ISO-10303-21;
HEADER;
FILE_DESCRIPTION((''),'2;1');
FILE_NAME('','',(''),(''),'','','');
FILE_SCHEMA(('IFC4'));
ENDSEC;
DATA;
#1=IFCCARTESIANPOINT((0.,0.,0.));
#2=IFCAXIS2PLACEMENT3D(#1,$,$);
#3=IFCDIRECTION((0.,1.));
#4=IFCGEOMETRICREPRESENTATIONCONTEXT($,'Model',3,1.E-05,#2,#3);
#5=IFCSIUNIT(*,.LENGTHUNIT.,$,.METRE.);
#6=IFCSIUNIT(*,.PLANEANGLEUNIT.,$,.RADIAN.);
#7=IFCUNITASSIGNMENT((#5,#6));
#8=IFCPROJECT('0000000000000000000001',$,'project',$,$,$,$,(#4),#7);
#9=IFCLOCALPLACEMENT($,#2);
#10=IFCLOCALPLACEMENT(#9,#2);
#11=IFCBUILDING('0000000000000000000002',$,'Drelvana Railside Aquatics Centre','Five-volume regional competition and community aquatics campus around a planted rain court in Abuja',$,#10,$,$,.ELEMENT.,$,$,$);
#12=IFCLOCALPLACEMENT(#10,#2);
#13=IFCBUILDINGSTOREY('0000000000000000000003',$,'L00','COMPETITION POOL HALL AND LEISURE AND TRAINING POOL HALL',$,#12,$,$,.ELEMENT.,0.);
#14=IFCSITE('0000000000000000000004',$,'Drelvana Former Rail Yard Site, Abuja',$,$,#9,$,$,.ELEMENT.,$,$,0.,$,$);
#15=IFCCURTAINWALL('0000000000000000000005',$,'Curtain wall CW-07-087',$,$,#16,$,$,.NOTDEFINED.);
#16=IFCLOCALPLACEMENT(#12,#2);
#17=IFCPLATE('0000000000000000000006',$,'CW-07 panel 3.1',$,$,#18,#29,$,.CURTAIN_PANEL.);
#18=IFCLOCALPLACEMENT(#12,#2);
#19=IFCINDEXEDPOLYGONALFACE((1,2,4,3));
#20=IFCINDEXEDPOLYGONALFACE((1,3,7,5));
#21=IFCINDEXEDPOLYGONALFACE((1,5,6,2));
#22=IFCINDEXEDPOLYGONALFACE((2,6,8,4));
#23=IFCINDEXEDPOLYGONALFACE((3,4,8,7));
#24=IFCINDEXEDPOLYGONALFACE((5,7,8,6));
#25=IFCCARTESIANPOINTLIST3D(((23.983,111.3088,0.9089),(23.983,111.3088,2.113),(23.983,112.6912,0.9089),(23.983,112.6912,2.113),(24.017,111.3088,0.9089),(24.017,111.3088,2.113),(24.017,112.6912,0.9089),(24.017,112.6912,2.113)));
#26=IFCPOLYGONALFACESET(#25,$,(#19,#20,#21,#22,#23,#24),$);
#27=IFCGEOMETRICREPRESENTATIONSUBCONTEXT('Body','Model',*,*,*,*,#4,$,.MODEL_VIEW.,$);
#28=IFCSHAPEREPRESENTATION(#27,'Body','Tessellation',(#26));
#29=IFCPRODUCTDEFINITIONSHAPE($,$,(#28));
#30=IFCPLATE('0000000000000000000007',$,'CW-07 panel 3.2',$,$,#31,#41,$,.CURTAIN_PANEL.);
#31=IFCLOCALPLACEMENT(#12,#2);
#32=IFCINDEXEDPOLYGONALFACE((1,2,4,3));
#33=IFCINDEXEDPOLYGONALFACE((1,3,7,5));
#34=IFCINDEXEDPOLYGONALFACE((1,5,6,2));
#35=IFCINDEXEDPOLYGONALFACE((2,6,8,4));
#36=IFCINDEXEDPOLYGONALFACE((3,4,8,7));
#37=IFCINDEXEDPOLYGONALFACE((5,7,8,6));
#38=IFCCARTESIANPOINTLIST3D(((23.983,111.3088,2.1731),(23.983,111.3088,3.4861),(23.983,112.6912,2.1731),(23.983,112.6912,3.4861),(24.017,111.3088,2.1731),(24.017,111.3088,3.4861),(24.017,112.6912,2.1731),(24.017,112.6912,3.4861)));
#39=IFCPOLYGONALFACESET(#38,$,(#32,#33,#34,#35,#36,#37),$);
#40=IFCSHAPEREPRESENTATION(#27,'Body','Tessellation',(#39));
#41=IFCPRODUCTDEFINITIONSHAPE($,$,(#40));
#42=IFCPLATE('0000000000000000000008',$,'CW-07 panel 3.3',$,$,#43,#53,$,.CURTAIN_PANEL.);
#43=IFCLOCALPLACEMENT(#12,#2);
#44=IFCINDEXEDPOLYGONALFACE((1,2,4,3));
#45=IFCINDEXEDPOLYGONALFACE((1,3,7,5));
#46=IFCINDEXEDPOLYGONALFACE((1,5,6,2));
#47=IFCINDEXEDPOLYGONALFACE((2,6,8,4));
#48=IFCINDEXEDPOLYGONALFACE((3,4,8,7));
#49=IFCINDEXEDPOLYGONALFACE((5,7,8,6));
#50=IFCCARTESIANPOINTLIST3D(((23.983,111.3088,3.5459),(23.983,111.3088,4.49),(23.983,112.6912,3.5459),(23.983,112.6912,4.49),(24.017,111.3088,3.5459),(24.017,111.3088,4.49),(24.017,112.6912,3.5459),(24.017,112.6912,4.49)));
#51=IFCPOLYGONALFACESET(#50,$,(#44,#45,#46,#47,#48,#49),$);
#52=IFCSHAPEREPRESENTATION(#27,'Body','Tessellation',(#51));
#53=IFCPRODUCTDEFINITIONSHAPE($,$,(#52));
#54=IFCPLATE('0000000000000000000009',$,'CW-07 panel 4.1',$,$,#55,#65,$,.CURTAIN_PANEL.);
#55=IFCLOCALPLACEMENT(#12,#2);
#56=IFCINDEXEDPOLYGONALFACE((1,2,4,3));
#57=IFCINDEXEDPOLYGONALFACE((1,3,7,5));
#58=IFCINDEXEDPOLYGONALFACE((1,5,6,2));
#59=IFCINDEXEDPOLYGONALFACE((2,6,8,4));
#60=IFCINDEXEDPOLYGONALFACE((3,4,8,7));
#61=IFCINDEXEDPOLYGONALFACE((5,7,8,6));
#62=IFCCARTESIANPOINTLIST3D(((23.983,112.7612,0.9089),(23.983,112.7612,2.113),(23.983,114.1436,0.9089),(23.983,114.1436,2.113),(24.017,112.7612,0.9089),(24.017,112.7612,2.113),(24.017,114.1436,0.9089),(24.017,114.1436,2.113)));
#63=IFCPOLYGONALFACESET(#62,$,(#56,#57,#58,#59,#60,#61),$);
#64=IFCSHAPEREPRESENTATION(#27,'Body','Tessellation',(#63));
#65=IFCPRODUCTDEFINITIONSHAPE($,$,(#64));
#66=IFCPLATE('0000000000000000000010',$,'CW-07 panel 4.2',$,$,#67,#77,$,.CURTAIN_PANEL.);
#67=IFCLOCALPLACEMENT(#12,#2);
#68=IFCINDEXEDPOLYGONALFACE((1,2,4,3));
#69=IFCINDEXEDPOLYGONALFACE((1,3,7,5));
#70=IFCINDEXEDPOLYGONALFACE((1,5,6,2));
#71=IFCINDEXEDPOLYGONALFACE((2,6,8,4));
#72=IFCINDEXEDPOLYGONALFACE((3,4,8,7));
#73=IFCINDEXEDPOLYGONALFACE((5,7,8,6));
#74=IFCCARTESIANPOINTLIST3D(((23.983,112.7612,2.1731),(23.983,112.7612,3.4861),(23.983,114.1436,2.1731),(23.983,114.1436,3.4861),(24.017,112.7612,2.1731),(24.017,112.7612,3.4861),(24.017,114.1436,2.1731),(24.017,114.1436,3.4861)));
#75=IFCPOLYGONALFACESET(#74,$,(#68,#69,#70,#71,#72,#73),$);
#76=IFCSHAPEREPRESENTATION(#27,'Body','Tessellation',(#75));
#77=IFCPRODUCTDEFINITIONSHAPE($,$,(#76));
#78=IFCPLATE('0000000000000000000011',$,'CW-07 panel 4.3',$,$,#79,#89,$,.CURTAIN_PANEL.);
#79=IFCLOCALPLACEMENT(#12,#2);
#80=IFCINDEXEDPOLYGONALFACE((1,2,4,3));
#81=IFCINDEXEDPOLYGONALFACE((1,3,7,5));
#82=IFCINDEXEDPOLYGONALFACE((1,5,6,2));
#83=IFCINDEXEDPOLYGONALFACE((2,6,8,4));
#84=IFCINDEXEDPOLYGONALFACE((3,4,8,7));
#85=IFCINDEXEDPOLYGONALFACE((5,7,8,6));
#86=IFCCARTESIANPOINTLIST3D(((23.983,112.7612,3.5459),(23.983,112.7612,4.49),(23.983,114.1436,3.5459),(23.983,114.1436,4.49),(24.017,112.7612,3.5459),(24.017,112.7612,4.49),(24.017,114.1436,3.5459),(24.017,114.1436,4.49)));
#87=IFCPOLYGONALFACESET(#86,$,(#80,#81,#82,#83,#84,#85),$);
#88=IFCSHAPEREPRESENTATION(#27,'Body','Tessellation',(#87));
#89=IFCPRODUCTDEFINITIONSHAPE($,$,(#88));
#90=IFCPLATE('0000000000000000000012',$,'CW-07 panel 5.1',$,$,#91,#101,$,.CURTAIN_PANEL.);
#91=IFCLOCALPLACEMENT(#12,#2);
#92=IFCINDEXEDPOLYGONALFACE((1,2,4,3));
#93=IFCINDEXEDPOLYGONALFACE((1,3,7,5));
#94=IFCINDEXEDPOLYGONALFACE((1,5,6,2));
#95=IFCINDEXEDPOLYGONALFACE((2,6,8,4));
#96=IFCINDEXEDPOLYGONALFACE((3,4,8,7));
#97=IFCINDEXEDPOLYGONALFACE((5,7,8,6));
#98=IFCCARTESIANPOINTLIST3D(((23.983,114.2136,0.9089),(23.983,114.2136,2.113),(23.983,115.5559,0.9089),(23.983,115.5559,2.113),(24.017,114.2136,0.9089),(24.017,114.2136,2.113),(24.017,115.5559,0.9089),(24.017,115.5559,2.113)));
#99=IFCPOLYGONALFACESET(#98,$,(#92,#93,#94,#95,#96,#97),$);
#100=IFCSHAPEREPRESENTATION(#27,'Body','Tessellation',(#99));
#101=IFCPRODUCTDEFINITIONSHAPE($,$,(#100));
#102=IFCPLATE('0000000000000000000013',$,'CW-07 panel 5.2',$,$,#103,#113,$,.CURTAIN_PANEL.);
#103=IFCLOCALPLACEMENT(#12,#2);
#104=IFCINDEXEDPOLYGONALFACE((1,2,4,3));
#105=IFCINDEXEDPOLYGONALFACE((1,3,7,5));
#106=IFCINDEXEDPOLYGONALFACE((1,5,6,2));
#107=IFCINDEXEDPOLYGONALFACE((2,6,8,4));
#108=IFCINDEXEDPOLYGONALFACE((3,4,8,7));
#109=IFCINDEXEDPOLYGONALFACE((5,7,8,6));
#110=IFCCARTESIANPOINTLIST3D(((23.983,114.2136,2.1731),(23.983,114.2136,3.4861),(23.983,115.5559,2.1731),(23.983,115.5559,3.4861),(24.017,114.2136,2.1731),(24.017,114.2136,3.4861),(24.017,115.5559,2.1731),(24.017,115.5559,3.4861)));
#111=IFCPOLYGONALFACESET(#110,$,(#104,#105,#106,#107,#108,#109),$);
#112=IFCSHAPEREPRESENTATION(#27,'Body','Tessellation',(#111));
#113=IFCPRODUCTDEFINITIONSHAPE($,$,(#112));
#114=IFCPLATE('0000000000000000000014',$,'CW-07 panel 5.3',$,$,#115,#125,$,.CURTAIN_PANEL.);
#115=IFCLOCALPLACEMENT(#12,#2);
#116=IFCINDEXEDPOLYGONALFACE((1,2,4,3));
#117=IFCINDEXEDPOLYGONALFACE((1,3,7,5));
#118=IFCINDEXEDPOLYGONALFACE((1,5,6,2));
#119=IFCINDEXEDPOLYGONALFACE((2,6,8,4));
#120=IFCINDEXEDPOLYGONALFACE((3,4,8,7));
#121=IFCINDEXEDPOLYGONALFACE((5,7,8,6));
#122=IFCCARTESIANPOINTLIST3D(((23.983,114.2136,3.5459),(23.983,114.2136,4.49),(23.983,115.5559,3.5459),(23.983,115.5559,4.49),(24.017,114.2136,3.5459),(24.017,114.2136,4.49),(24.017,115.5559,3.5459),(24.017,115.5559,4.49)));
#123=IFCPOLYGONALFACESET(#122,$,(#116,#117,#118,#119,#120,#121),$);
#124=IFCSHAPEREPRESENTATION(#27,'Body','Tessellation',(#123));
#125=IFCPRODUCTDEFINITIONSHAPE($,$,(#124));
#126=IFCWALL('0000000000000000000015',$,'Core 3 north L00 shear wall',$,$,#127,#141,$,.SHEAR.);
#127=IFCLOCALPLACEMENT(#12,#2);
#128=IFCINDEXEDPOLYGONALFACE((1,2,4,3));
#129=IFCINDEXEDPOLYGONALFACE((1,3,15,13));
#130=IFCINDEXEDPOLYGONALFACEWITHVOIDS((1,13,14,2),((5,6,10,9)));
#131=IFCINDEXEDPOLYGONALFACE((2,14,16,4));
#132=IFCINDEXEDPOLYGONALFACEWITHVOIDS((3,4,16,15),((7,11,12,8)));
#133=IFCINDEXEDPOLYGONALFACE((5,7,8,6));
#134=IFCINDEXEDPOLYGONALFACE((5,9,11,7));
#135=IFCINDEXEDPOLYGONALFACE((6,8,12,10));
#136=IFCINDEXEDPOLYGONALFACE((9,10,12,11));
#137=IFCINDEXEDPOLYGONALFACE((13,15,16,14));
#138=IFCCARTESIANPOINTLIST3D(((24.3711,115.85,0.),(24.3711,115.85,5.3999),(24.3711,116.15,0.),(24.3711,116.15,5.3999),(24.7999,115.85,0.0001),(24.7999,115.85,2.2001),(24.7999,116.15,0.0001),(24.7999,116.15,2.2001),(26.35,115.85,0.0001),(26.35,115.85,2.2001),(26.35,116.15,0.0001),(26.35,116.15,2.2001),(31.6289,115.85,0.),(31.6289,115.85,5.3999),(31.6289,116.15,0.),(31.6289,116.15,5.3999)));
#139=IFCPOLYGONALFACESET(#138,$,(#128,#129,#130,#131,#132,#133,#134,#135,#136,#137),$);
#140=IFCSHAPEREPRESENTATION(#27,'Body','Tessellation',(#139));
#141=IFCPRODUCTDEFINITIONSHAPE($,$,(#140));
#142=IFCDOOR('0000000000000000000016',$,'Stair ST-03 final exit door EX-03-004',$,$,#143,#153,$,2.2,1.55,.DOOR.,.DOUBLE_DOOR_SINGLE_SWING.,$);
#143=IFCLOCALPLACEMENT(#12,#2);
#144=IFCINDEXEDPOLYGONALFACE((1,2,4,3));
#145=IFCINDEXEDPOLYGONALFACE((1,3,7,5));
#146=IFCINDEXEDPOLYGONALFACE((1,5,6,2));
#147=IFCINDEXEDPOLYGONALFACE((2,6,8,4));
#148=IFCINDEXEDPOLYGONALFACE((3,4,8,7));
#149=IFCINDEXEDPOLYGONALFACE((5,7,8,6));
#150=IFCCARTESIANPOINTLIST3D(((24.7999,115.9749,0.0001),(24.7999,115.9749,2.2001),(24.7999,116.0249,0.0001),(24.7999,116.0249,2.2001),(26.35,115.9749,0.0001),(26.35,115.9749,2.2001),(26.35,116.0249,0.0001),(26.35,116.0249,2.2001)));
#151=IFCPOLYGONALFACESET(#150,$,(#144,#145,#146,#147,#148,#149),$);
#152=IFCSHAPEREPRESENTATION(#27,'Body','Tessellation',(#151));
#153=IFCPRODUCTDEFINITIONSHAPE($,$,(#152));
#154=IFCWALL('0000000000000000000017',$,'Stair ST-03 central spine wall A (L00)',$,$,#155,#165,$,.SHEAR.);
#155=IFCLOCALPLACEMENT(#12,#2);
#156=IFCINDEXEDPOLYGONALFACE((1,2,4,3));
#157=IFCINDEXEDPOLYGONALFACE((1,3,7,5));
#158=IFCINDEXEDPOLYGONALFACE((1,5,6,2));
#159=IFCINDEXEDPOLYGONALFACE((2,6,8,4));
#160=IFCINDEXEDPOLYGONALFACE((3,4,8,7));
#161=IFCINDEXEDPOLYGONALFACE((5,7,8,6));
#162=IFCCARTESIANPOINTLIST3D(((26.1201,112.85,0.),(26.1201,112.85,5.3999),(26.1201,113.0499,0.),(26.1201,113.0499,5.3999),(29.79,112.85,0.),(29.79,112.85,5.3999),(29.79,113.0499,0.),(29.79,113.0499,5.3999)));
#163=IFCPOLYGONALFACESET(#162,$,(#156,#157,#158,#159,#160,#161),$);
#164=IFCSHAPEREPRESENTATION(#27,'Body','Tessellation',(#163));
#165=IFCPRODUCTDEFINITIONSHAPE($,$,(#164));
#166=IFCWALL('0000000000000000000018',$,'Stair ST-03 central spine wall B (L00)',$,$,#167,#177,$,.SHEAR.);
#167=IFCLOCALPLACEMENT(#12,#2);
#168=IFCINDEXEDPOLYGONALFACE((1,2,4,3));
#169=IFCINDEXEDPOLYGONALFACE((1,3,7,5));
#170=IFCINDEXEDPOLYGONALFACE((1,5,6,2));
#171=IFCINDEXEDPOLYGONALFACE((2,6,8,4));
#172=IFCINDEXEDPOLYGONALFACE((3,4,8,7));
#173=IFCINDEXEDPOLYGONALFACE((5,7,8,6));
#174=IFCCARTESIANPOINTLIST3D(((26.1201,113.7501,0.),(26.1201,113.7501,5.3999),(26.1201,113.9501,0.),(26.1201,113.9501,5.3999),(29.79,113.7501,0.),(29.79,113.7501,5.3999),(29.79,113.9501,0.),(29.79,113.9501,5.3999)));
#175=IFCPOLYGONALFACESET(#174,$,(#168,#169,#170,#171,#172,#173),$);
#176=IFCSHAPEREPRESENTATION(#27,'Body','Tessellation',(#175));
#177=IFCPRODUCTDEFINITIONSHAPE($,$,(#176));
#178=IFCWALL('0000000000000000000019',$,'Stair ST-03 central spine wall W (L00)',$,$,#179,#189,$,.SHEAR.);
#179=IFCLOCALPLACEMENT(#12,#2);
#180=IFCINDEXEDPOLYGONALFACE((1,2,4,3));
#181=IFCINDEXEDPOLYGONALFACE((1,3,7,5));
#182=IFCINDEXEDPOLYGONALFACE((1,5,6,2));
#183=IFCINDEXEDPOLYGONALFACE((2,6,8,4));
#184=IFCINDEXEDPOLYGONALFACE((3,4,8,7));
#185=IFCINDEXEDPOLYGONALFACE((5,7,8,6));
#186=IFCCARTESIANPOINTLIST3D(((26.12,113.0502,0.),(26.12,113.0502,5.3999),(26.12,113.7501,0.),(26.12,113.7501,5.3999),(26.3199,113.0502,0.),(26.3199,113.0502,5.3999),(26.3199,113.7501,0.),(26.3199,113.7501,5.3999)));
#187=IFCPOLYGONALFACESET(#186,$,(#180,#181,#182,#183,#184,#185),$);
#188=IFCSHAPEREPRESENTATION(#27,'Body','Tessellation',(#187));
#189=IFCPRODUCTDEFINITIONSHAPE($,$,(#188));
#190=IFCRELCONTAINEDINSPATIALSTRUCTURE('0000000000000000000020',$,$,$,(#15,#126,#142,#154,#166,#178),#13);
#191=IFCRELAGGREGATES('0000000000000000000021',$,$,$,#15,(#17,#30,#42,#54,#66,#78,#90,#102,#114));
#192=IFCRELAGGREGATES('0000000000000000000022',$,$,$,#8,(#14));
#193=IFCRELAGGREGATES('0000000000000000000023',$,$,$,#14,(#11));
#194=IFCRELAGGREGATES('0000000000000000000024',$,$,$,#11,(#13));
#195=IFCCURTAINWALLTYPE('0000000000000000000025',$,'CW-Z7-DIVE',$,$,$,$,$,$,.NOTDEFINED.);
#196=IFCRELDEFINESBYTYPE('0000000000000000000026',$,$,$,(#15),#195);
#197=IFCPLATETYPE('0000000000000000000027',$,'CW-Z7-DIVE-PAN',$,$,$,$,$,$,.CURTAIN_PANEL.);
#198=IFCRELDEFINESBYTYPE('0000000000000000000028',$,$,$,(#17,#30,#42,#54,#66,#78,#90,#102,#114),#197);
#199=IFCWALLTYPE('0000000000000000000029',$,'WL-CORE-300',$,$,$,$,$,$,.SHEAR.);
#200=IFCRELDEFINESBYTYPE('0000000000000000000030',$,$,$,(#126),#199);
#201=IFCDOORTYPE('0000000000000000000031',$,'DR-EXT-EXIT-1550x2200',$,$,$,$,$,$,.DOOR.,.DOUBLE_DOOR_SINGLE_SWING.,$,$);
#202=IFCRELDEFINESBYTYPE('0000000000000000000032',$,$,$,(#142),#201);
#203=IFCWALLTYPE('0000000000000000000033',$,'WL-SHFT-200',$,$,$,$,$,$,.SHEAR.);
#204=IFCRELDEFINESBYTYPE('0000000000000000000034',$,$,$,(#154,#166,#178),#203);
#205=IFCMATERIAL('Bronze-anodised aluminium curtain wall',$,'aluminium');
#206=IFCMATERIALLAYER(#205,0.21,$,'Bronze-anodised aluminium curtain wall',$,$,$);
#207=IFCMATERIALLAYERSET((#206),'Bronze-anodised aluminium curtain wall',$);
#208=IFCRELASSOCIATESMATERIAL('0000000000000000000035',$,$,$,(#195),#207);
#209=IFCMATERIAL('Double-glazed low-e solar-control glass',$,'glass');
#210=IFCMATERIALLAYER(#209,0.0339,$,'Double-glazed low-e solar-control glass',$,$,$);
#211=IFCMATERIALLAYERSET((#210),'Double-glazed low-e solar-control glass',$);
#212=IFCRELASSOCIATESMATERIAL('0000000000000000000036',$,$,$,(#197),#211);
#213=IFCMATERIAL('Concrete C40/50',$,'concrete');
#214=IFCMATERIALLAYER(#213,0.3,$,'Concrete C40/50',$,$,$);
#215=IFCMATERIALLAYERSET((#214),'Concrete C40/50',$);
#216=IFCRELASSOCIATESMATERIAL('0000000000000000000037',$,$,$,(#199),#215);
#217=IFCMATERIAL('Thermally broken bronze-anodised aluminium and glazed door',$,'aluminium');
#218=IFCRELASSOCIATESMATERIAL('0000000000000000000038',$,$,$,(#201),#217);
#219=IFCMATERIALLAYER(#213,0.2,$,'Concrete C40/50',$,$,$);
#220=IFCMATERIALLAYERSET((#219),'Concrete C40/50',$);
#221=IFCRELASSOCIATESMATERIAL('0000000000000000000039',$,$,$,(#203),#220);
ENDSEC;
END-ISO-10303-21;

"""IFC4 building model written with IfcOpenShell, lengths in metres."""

from ifc_helpers import new_model, si_unit, direction, frame, frame_2d, origin, origin_2d, place, context, subcontext, project, spatial, rectangle, extrude, material, layer, layer_set, type_object, element, fill, aggregate, save


model = new_model("IFC4")

# Units and contexts
model_context = context("Model", 3, precision=1e-05, world=origin(), true_north=direction((0.0, 1.0)))
body_context = subcontext(model_context, "Body", "Model", "MODEL_VIEW")
ifc_project = project(units=[si_unit("LENGTHUNIT", "METRE"), si_unit("PLANEANGLEUNIT", "RADIAN")], contexts=[model_context])

# Site, building, storey
site_placement = place(None, origin())
site = spatial("IfcSite", under=ifc_project, at=site_placement, Name="Drelvana Former Rail Yard Site, Abuja", CompositionType="ELEMENT", RefElevation=0.0)
building_placement = place(site_placement, origin())
building = spatial("IfcBuilding", under=site, at=building_placement, Name="Drelvana Railside Aquatics Centre", Description="Five-volume regional competition and community aquatics campus around a planted rain court in Abuja", CompositionType="ELEMENT")
storey_placement = place(building_placement, origin())
storey = spatial("IfcBuildingStorey", under=building, at=storey_placement, Name="L00", Description="COMPETITION POOL HALL AND LEISURE AND TRAINING POOL HALL", CompositionType="ELEMENT", Elevation=0.0)

# Shared definitions
ifc_material_1 = material(Name="Concrete C40/50", Category="concrete")

# Curtain wall
ifc_material_2 = material(Name="Bronze-anodised aluminium curtain wall", Category="aluminium")
ifc_layer_1 = layer(ifc_material_2, 0.21, Name="Bronze-anodised aluminium curtain wall")
ifc_layer_set_1 = layer_set([ifc_layer_1], Name="Bronze-anodised aluminium curtain wall")
curtain_wall_type = type_object("IfcCurtainWallType", Name="CW-Z7-DIVE", PredefinedType="NOTDEFINED", material=ifc_layer_set_1)
curtain_wall_placement = place(storey_placement, origin())
curtain_wall = element("IfcCurtainWall", 1, at=curtain_wall_placement, inside=storey, type_object=curtain_wall_type, Name="Curtain wall CW-07-087", PredefinedType="NOTDEFINED")

# Plates
ifc_material_3 = material(Name="Double-glazed low-e solar-control glass", Category="glass")
ifc_layer_2 = layer(ifc_material_3, 0.0339, Name="Double-glazed low-e solar-control glass")
ifc_layer_set_2 = layer_set([ifc_layer_2], Name="Double-glazed low-e solar-control glass")
plate_type = type_object("IfcPlateType", Name="CW-Z7-DIVE-PAN", PredefinedType="CURTAIN_PANEL", material=ifc_layer_set_2)
plate_1_placement = place(storey_placement, frame((24.0, 112.0, 0.9089), z_axis=(0.0, 0.0, 1.0), x_axis=(0.0, 1.0, 0.0)))
plate_1 = element("IfcPlate", 2, at=plate_1_placement, type_object=plate_type, Name="CW-07 panel 3.1", PredefinedType="CURTAIN_PANEL", context=body_context, shape_type="SweptSolid", body=[
    extrude(rectangle(XDim=1.3823, YDim=0.0339, at=origin_2d()), origin(), (0.0, 0.0, 1.0), 1.2041),
])
plate_2_placement = place(storey_placement, frame((24.0, 112.0, 2.1731), z_axis=(0.0, 0.0, 1.0), x_axis=(0.0, 1.0, 0.0)))
plate_2 = element("IfcPlate", 3, at=plate_2_placement, type_object=plate_type, Name="CW-07 panel 3.2", PredefinedType="CURTAIN_PANEL", context=body_context, shape_type="SweptSolid", body=[
    extrude(rectangle(XDim=1.3823, YDim=0.0339, at=origin_2d()), origin(), (0.0, 0.0, 1.0), 1.313),
])
plate_3_placement = place(storey_placement, frame((24.0, 112.0, 3.5459), z_axis=(0.0, 0.0, 1.0), x_axis=(0.0, 1.0, 0.0)))
plate_3 = element("IfcPlate", 4, at=plate_3_placement, type_object=plate_type, Name="CW-07 panel 3.3", PredefinedType="CURTAIN_PANEL", context=body_context, shape_type="SweptSolid", body=[
    extrude(rectangle(XDim=1.3823, YDim=0.0339, at=origin_2d()), origin(), (0.0, 0.0, 1.0), 0.9441),
])
plate_4_placement = place(storey_placement, frame((24.0, 113.4524, 0.9089), z_axis=(0.0, 0.0, 1.0), x_axis=(0.0, 1.0, 0.0)))
plate_4 = element("IfcPlate", 5, at=plate_4_placement, type_object=plate_type, Name="CW-07 panel 4.1", PredefinedType="CURTAIN_PANEL", context=body_context, shape_type="SweptSolid", body=[
    extrude(rectangle(XDim=1.3823, YDim=0.0339, at=origin_2d()), origin(), (0.0, 0.0, 1.0), 1.2041),
])
plate_5_placement = place(storey_placement, frame((24.0, 113.4524, 2.1731), z_axis=(0.0, 0.0, 1.0), x_axis=(0.0, 1.0, 0.0)))
plate_5 = element("IfcPlate", 6, at=plate_5_placement, type_object=plate_type, Name="CW-07 panel 4.2", PredefinedType="CURTAIN_PANEL", context=body_context, shape_type="SweptSolid", body=[
    extrude(rectangle(XDim=1.3823, YDim=0.0339, at=origin_2d()), origin(), (0.0, 0.0, 1.0), 1.313),
])
plate_6_placement = place(storey_placement, frame((24.0, 113.4524, 3.5459), z_axis=(0.0, 0.0, 1.0), x_axis=(0.0, 1.0, 0.0)))
plate_6 = element("IfcPlate", 7, at=plate_6_placement, type_object=plate_type, Name="CW-07 panel 4.3", PredefinedType="CURTAIN_PANEL", context=body_context, shape_type="SweptSolid", body=[
    extrude(rectangle(XDim=1.3823, YDim=0.0339, at=origin_2d()), origin(), (0.0, 0.0, 1.0), 0.9441),
])
plate_7_placement = place(storey_placement, frame((24.0, 114.8848, 0.9089), z_axis=(0.0, 0.0, 1.0), x_axis=(0.0, 1.0, 0.0)))
plate_7 = element("IfcPlate", 8, at=plate_7_placement, type_object=plate_type, Name="CW-07 panel 5.1", PredefinedType="CURTAIN_PANEL", context=body_context, shape_type="SweptSolid", body=[
    extrude(rectangle(XDim=1.3423, YDim=0.0339, at=origin_2d()), origin(), (0.0, 0.0, 1.0), 1.2041),
])
plate_8_placement = place(storey_placement, frame((24.0, 114.8848, 2.1731), z_axis=(0.0, 0.0, 1.0), x_axis=(0.0, 1.0, 0.0)))
plate_8 = element("IfcPlate", 9, at=plate_8_placement, type_object=plate_type, Name="CW-07 panel 5.2", PredefinedType="CURTAIN_PANEL", context=body_context, shape_type="SweptSolid", body=[
    extrude(rectangle(XDim=1.3423, YDim=0.0339, at=origin_2d()), origin(), (0.0, 0.0, 1.0), 1.313),
])
plate_9_placement = place(storey_placement, frame((24.0, 114.8848, 3.5459), z_axis=(0.0, 0.0, 1.0), x_axis=(0.0, 1.0, 0.0)))
plate_9 = element("IfcPlate", 10, at=plate_9_placement, type_object=plate_type, Name="CW-07 panel 5.3", PredefinedType="CURTAIN_PANEL", context=body_context, shape_type="SweptSolid", body=[
    extrude(rectangle(XDim=1.3423, YDim=0.0339, at=origin_2d()), origin(), (0.0, 0.0, 1.0), 0.9441),
])
aggregate(curtain_wall, [plate_1, plate_2, plate_3, plate_4, plate_5, plate_6, plate_7, plate_8, plate_9])

# Wall, opening, door
ifc_layer_3 = layer(ifc_material_1, 0.3, Name="Concrete C40/50")
ifc_layer_set_3 = layer_set([ifc_layer_3], Name="Concrete C40/50")
wall_type_1 = type_object("IfcWallType", Name="WL-CORE-300", PredefinedType="SHEAR", material=ifc_layer_set_3)
wall_placement = place(storey_placement, frame((24.3711, 116.0, 0.0), z_axis=(0.0, 0.0, 1.0), x_axis=(1.0, 0.0, 0.0)))
wall = element("IfcWall", 11, at=wall_placement, inside=storey, type_object=wall_type_1, Name="Core 3 north L00 shear wall", PredefinedType="SHEAR", context=body_context, shape_type="SweptSolid", body=[
    extrude(rectangle(XDim=7.2578, YDim=0.3, at=frame_2d((3.6289, 0.0))), origin(), (0.0, 0.0, 1.0), 5.3999),
])
opening_placement = place(wall_placement, frame((0.429, 0.0, 0.0)))
opening = element("IfcOpeningElement", 12, at=opening_placement, cuts=wall, PredefinedType="OPENING", context=body_context, shape_type="SweptSolid", body=[
    extrude(rectangle(XDim=1.55, YDim=2.2, at=frame_2d((0.7749, 1.1001))), frame((0.0, 0.1599, 0.0), z_axis=(0.0, -1.0, 0.0), x_axis=(1.0, 0.0, 0.0)), (0.0, 0.0, 1.0), 0.3201),
])
ifc_material_4 = material(Name="Thermally broken bronze-anodised aluminium and glazed door", Category="aluminium")
door_type = type_object("IfcDoorType", Name="DR-EXT-EXIT-1550x2200", OperationType="DOUBLE_DOOR_SINGLE_SWING", PredefinedType="DOOR", material=ifc_material_4)
door_placement = place(opening_placement, origin())
door = element("IfcDoor", 13, at=door_placement, inside=storey, type_object=door_type, Name="Stair ST-03 final exit door EX-03-004", OperationType="DOUBLE_DOOR_SINGLE_SWING", OverallHeight=2.2, OverallWidth=1.55, PredefinedType="DOOR", context=body_context, shape_type="SweptSolid", body=[
    extrude(rectangle(XDim=1.55, YDim=2.2, at=frame_2d((0.7749, 1.1001))), frame((0.0, 0.0249, 0.0), z_axis=(0.0, -1.0, 0.0), x_axis=(1.0, 0.0, 0.0)), (0.0, 0.0, 1.0), 0.05),
])
fill(opening, door)

# Walls
ifc_layer_4 = layer(ifc_material_1, 0.2, Name="Concrete C40/50")
ifc_layer_set_4 = layer_set([ifc_layer_4], Name="Concrete C40/50")
wall_type_2 = type_object("IfcWallType", Name="WL-SHFT-200", PredefinedType="SHEAR", material=ifc_layer_set_4)
for number, where, z_axis, x_axis, name in (
    (14, (26.1201, 112.95, 0.0), (0.0, 0.0, 1.0), (1.0, 0.0, 0.0), "Stair ST-03 central spine wall A (L00)"),
    (15, (26.1201, 113.8501, 0.0), (0.0, 0.0, 1.0), (1.0, 0.0, 0.0), "Stair ST-03 central spine wall B (L00)"),
):
    element("IfcWall", number, at=place(storey_placement, frame(where, z_axis=z_axis, x_axis=x_axis)), inside=storey, type_object=wall_type_2, Name=name, PredefinedType="SHEAR", context=body_context, shape_type="SweptSolid", body=[
        extrude(rectangle(XDim=3.6699, YDim=0.2, at=frame_2d((1.835, 0.0))), origin(), (0.0, 0.0, 1.0), 5.3999),
    ])
for number, where, z_axis, x_axis, name in (
    (16, (26.22, 113.05, 0.0), (0.0, 0.0, 1.0), (0.0, 1.0, 0.0), "Stair ST-03 central spine wall W (L00)"),
):
    element("IfcWall", number, at=place(storey_placement, frame(where, z_axis=z_axis, x_axis=x_axis)), inside=storey, type_object=wall_type_2, Name=name, PredefinedType="SHEAR", context=body_context, shape_type="SweptSolid", body=[
        extrude(rectangle(XDim=0.7, YDim=0.2, at=frame_2d((0.3501, 0.0))), origin(), (0.0, 0.0, 1.0), 5.3999),
    ])

save(model, "model.ifc")
